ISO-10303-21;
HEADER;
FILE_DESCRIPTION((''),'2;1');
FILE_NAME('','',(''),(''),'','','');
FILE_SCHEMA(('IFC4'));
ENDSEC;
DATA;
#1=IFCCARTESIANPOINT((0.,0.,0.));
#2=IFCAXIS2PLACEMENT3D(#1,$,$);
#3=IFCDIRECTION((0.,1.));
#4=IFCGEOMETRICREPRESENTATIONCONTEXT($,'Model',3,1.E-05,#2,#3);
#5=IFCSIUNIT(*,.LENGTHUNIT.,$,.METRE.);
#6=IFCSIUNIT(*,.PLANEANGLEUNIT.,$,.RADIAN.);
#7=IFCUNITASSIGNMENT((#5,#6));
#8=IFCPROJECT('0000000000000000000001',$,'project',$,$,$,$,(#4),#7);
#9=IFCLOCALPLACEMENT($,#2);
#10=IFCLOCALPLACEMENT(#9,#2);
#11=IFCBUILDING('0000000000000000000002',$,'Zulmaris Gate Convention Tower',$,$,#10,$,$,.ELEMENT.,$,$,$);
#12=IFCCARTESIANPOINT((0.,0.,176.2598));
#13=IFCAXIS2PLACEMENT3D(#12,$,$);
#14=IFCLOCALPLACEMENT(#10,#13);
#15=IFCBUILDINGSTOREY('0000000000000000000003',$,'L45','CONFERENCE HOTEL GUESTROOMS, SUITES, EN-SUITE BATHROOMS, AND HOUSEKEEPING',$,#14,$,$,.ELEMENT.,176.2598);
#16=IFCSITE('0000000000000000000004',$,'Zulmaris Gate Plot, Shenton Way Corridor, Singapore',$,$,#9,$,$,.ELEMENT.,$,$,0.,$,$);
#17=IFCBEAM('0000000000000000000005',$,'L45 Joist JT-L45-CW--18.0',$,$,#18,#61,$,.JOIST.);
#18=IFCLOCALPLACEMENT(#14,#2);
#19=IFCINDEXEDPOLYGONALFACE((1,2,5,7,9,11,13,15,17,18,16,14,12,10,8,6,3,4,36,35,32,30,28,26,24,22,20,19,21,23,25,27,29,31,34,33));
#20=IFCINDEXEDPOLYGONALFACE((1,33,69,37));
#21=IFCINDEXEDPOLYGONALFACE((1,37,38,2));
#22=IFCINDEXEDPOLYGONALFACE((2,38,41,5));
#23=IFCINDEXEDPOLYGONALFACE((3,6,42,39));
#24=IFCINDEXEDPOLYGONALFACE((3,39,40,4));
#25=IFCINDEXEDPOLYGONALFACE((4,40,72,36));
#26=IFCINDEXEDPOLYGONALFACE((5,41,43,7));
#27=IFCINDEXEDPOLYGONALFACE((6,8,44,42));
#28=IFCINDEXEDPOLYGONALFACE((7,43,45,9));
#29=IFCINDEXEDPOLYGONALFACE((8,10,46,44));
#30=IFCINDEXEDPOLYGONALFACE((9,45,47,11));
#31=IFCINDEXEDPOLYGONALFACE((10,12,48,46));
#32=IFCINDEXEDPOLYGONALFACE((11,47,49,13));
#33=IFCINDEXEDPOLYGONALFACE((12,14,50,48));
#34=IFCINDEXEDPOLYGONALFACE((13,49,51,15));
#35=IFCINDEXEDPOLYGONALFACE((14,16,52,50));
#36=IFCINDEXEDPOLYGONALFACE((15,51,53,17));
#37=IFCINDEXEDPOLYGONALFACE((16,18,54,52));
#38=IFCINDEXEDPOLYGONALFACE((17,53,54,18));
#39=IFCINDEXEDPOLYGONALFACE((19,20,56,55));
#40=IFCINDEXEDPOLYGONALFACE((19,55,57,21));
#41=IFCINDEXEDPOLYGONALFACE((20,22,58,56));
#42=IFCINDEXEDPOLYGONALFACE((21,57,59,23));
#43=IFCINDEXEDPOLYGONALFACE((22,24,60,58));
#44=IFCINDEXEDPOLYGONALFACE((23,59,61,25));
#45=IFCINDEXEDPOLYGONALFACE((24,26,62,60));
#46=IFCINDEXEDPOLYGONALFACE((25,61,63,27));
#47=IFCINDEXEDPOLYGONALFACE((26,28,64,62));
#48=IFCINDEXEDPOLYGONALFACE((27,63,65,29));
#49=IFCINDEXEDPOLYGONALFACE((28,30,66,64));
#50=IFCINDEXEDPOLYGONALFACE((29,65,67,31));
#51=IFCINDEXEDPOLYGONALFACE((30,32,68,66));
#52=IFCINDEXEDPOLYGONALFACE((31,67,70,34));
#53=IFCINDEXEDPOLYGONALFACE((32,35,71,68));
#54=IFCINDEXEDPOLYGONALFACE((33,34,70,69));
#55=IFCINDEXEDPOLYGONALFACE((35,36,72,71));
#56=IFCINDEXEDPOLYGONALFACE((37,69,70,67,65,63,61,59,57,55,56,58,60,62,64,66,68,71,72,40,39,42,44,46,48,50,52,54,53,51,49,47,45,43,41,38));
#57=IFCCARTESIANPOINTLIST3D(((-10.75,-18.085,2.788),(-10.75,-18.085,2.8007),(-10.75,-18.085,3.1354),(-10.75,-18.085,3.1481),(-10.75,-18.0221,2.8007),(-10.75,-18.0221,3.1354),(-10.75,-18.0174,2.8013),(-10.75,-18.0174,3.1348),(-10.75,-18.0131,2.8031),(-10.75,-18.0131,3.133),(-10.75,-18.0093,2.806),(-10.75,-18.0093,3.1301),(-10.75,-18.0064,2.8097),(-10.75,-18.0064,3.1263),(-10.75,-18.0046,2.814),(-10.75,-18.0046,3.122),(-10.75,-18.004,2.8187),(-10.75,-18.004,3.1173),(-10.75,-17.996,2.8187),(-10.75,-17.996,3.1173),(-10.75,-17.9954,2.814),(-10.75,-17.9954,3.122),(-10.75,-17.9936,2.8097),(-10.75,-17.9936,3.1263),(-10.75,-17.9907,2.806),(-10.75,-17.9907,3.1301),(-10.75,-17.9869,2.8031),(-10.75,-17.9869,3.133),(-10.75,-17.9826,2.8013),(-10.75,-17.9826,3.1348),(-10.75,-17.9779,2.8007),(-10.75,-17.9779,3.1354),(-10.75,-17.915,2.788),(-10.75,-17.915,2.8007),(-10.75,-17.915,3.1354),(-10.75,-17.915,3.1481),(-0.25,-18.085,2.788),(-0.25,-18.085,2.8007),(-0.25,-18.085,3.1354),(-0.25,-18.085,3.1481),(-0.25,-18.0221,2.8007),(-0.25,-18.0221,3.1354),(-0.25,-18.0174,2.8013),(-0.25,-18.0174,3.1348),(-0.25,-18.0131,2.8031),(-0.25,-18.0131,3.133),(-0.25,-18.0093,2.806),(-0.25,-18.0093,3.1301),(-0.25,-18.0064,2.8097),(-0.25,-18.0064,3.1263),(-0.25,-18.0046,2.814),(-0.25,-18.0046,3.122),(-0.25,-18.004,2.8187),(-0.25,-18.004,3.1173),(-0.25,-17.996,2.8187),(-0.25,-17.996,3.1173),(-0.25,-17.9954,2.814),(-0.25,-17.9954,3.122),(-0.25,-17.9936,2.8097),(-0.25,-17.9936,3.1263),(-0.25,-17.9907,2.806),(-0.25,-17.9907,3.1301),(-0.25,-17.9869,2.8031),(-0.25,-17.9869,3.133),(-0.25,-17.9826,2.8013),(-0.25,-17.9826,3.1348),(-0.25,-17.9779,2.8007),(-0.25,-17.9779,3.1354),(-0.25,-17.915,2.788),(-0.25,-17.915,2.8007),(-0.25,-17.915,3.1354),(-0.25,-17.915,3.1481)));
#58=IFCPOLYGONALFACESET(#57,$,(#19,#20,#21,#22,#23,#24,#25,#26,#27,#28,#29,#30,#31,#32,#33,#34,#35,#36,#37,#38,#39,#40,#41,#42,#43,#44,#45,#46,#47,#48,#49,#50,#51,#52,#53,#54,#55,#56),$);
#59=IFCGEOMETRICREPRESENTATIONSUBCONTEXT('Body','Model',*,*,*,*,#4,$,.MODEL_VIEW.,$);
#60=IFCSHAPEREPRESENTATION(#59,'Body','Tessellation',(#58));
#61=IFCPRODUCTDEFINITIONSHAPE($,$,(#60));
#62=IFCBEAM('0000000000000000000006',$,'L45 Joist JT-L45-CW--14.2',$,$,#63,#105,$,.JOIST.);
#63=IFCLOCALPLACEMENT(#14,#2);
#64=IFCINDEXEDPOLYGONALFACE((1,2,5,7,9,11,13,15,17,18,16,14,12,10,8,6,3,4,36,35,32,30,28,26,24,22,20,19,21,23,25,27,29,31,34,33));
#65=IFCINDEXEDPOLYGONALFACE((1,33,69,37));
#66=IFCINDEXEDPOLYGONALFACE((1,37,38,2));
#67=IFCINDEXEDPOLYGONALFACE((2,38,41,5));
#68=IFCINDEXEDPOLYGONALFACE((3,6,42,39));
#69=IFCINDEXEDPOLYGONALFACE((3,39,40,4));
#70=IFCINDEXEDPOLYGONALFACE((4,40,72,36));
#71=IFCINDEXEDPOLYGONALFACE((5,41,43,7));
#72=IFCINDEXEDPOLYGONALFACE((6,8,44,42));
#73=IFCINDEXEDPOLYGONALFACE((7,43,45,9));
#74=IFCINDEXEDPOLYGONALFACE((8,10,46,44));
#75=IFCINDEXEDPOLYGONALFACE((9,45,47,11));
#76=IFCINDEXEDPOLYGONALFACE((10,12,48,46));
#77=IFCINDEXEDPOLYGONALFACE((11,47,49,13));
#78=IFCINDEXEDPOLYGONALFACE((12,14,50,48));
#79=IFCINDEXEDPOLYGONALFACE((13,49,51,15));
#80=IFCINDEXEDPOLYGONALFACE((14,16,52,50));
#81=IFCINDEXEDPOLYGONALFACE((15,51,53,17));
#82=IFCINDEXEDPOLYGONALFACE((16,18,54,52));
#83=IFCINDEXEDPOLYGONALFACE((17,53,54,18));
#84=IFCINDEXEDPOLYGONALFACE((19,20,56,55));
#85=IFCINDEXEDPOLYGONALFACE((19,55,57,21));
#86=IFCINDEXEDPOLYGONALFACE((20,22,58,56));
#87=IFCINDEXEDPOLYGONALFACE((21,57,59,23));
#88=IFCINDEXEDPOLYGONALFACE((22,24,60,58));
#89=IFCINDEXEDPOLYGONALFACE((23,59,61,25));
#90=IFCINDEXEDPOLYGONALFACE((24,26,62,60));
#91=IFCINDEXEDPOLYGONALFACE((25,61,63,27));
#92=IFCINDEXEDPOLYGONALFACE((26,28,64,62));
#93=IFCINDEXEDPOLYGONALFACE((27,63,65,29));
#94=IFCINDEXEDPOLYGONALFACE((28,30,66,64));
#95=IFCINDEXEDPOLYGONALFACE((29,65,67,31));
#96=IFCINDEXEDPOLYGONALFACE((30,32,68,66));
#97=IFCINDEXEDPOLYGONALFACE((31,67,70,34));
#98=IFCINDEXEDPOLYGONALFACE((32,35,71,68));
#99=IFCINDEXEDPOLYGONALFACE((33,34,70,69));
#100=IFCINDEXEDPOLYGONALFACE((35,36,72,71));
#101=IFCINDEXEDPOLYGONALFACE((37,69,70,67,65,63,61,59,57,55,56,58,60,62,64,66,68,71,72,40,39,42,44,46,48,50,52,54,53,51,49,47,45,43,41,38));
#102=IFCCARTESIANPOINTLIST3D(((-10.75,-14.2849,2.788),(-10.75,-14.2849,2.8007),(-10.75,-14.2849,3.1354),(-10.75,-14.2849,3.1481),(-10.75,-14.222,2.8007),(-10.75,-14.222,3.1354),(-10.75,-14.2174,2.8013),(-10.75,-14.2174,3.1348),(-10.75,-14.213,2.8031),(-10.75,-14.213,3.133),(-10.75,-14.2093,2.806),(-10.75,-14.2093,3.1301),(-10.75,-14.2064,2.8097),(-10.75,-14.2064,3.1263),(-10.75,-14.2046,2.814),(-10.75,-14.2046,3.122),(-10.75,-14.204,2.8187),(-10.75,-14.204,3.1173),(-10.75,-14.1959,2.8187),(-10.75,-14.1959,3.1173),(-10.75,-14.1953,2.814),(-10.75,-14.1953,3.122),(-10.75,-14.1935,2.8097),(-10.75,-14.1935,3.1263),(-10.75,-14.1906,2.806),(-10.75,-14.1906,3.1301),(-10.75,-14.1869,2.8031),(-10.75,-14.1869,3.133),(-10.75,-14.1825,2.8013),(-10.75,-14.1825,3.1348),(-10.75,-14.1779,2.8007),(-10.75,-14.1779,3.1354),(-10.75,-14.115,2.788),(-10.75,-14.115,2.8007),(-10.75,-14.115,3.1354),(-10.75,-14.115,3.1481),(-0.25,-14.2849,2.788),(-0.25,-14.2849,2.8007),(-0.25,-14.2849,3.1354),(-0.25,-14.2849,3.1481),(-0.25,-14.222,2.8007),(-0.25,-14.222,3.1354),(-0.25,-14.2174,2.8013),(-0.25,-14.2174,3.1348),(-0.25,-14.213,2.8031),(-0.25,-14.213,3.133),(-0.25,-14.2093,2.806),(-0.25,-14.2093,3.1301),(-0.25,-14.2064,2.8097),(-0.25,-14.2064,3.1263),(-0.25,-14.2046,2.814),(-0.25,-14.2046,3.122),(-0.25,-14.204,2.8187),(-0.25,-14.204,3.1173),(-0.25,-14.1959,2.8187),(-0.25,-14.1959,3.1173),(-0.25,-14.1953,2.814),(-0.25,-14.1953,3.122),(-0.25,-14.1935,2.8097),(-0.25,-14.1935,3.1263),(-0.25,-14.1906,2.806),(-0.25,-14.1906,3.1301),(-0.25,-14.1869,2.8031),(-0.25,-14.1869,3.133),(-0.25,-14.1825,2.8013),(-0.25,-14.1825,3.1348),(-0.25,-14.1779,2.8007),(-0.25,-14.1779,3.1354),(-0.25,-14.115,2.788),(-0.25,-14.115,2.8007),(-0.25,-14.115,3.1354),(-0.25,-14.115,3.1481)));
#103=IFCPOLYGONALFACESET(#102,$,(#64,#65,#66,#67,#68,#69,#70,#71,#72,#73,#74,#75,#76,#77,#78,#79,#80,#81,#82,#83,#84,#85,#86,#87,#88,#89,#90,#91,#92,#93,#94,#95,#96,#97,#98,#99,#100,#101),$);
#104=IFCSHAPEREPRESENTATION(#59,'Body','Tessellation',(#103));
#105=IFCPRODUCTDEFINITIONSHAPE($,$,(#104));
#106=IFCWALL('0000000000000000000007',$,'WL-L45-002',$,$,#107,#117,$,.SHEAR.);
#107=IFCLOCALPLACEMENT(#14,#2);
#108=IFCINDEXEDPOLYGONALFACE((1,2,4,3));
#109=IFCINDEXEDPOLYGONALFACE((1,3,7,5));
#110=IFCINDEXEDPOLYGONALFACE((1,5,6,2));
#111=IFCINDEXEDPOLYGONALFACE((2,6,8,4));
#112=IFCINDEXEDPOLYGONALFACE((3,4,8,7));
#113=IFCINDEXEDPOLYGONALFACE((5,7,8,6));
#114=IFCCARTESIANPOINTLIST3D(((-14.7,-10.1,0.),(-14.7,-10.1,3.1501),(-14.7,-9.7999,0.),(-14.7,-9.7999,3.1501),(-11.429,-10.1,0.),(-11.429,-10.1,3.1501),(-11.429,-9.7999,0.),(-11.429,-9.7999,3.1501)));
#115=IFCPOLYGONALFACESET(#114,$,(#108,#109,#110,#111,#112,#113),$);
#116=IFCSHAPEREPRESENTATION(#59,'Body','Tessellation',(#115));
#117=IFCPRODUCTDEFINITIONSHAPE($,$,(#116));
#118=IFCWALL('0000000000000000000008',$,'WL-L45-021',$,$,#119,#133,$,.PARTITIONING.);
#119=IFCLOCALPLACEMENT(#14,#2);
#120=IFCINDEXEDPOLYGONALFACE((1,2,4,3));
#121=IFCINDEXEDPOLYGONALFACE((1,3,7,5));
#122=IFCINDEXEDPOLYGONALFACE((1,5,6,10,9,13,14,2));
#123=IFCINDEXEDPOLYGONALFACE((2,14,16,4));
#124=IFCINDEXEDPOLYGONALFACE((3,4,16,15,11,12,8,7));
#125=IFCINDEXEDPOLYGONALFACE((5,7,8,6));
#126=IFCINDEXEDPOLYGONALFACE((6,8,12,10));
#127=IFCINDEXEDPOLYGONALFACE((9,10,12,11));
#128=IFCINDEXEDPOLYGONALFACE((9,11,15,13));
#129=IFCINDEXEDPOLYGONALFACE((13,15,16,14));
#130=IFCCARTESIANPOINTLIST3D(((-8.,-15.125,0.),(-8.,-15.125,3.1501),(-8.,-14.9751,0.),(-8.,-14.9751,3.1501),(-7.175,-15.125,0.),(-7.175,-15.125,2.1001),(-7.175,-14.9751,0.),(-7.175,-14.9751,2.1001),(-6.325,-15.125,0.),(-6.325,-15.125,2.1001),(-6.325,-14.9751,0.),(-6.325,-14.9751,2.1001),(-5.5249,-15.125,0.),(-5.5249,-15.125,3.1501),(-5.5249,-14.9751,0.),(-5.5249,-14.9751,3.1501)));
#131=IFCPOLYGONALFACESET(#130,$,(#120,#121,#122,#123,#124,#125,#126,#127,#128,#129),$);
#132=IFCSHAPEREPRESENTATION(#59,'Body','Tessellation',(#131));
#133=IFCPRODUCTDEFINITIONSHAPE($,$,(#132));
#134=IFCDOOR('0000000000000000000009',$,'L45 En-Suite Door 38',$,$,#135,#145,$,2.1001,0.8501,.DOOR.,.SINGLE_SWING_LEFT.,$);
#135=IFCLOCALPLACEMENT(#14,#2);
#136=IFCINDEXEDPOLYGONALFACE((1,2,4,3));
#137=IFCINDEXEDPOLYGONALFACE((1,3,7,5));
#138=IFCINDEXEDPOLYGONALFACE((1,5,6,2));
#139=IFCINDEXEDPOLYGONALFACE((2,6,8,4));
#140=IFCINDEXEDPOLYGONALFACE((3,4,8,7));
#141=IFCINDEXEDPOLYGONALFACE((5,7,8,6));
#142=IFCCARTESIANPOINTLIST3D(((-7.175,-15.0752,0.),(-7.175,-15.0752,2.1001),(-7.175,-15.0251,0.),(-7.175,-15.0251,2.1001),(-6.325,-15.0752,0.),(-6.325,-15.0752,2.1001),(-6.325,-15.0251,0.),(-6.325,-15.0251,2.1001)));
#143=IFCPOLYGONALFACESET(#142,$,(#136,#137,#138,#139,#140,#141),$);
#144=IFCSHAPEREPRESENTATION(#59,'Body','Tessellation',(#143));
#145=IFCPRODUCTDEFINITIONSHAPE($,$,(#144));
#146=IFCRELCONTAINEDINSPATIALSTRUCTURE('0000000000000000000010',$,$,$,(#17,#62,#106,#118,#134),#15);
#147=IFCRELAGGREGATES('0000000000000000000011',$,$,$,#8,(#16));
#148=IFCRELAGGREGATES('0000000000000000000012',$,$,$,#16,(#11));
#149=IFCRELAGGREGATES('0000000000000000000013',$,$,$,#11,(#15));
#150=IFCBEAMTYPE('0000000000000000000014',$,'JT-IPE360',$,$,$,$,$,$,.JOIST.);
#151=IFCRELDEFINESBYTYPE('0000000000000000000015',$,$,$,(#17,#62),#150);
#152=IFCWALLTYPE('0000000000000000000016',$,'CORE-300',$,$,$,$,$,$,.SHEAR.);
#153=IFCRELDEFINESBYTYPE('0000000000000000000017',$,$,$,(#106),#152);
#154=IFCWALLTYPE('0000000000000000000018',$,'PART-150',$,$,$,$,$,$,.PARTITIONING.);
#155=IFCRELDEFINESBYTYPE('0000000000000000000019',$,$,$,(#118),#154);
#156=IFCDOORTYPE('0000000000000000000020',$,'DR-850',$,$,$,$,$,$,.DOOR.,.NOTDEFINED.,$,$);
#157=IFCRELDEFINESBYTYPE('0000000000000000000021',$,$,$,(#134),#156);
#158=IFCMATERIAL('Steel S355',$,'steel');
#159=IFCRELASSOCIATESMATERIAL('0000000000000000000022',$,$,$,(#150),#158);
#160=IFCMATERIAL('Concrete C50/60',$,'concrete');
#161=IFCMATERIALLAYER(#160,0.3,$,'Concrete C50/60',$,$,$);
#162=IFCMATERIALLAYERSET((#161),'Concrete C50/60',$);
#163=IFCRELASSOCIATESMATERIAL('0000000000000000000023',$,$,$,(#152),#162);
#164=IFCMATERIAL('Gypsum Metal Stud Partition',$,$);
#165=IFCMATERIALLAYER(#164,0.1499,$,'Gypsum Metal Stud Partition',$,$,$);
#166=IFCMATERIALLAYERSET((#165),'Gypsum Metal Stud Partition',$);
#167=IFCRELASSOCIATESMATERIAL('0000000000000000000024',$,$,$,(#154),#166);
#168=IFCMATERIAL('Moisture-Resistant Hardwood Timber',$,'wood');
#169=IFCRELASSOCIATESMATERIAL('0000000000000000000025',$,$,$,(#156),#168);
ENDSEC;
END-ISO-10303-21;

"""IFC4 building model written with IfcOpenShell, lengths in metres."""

from ifc_helpers import new_model, si_unit, direction, frame, frame_2d, origin, origin_2d, place, context, subcontext, project, spatial, rectangle, i_section, extrude, material, layer, layer_set, material_profile, profile_set, type_object, element, fill, save


model = new_model("IFC4")

# Units and contexts
model_context = context("Model", 3, precision=1e-05, world=origin(), true_north=direction((0.0, 1.0)))
body_context = subcontext(model_context, "Body", "Model", "MODEL_VIEW")
ifc_project = project(units=[si_unit("LENGTHUNIT", "METRE"), si_unit("PLANEANGLEUNIT", "RADIAN")], contexts=[model_context])

# Site, building, storey
site_placement = place(None, origin())
site = spatial("IfcSite", under=ifc_project, at=site_placement, Name="Zulmaris Gate Plot, Shenton Way Corridor, Singapore", CompositionType="ELEMENT", RefElevation=0.0)
building_placement = place(site_placement, origin())
building = spatial("IfcBuilding", under=site, at=building_placement, Name="Zulmaris Gate Convention Tower", CompositionType="ELEMENT")
storey_placement = place(building_placement, frame((0.0, 0.0, 176.2598)))
storey = spatial("IfcBuildingStorey", under=building, at=storey_placement, Name="L45", Description="CONFERENCE HOTEL GUESTROOMS, SUITES, EN-SUITE BATHROOMS, AND HOUSEKEEPING", CompositionType="ELEMENT", Elevation=176.2598)

# Beams
ifc_material_1 = material(Name="Steel S355", Category="steel")
ifc_material_2 = material(Name="Concrete C50/60", Category="concrete")
ifc_material_profile_1 = material_profile(ifc_material_1, i_section(OverallWidth=0.1699, OverallDepth=0.3601, WebThickness=0.0081, FlangeThickness=0.0127, FilletRadius=0.0181, at=origin_2d()), Name="IPE 360")
ifc_profile_set_1 = profile_set([ifc_material_profile_1], Name="Steel S355")
beam_type_1 = type_object("IfcBeamType", Name="JT-IPE360", PredefinedType="JOIST", material=ifc_profile_set_1)
for number, where, z_axis, x_axis, name in (
    (1, (-10.75, -18.0, 2.968), (1.0, 0.0, 0.0), (0.0, 1.0, 0.0), "L45 Joist JT-L45-CW--18.0"),
    (2, (-10.75, -14.2, 2.968), (1.0, 0.0, 0.0), (0.0, 1.0, 0.0), "L45 Joist JT-L45-CW--14.2"),
):
    element("IfcBeam", number, at=place(storey_placement, frame(where, z_axis=z_axis, x_axis=x_axis)), inside=storey, type_object=beam_type_1, Name=name, PredefinedType="JOIST", context=body_context, shape_type="SweptSolid", body=[
        extrude(i_section(OverallWidth=0.1699, OverallDepth=0.3601, WebThickness=0.0081, FlangeThickness=0.0127, FilletRadius=0.0181, at=origin_2d()), origin(), (0.0, 0.0, 1.0), 10.5),
    ])

# Wall
ifc_layer_1 = layer(ifc_material_2, 0.3, Name="Concrete C50/60")
ifc_layer_set_1 = layer_set([ifc_layer_1], Name="Concrete C50/60")
wall_type_1 = type_object("IfcWallType", Name="CORE-300", PredefinedType="SHEAR", material=ifc_layer_set_1)
wall_1_placement = place(storey_placement, frame((-14.7, -9.95, 0.0), z_axis=(0.0, 0.0, 1.0), x_axis=(1.0, 0.0, 0.0)))
element("IfcWall", 3, at=wall_1_placement, inside=storey, type_object=wall_type_1, Name="WL-L45-002", PredefinedType="SHEAR", context=body_context, shape_type="SweptSolid", body=[
    extrude(rectangle(XDim=3.271, YDim=0.3, at=frame_2d((1.6355, 0.0))), origin(), (0.0, 0.0, 1.0), 3.1501),
])

# Wall, opening, door
ifc_material_3 = material(Name="Gypsum Metal Stud Partition")
ifc_layer_2 = layer(ifc_material_3, 0.1499, Name="Gypsum Metal Stud Partition")
ifc_layer_set_2 = layer_set([ifc_layer_2], Name="Gypsum Metal Stud Partition")
wall_type_2 = type_object("IfcWallType", Name="PART-150", PredefinedType="PARTITIONING", material=ifc_layer_set_2)
wall_2_placement = place(storey_placement, frame((-8.0, -15.05, 0.0), z_axis=(0.0, 0.0, 1.0), x_axis=(1.0, 0.0, 0.0)))
wall_2 = element("IfcWall", 4, at=wall_2_placement, inside=storey, type_object=wall_type_2, Name="WL-L45-021", PredefinedType="PARTITIONING", context=body_context, shape_type="SweptSolid", body=[
    extrude(rectangle(XDim=2.4751, YDim=0.1499, at=frame_2d((1.2375, 0.0))), origin(), (0.0, 0.0, 1.0), 3.1501),
])
opening_1_placement = place(wall_2_placement, frame((0.825, 0.0, 0.0)))
opening_1 = element("IfcOpeningElement", 5, at=opening_1_placement, cuts=wall_2, PredefinedType="OPENING", context=body_context, shape_type="SweptSolid", body=[
    extrude(rectangle(XDim=0.8501, YDim=2.1001, at=frame_2d((0.425, 1.05))), frame((0.0, 0.085, 0.0), z_axis=(0.0, -1.0, 0.0), x_axis=(1.0, 0.0, 0.0)), (0.0, 0.0, 1.0), 0.1699),
])
ifc_material_4 = material(Name="Moisture-Resistant Hardwood Timber", Category="wood")
door_type_1 = type_object("IfcDoorType", Name="DR-850", OperationType="NOTDEFINED", PredefinedType="DOOR", material=ifc_material_4)
door_1_placement = place(opening_1_placement, origin())
door_1 = element("IfcDoor", 6, at=door_1_placement, inside=storey, type_object=door_type_1, Name="L45 En-Suite Door 38", OperationType="SINGLE_SWING_LEFT", OverallHeight=2.1001, OverallWidth=0.8501, PredefinedType="DOOR", context=body_context, shape_type="SweptSolid", body=[
    extrude(rectangle(XDim=0.8501, YDim=2.1001, at=frame_2d((0.425, 1.05))), frame((0.0, 0.0249, 0.0), z_axis=(0.0, -1.0, 0.0), x_axis=(1.0, 0.0, 0.0)), (0.0, 0.0, 1.0), 0.05),
])
fill(opening_1, door_1)

save(model, "model.ifc")
